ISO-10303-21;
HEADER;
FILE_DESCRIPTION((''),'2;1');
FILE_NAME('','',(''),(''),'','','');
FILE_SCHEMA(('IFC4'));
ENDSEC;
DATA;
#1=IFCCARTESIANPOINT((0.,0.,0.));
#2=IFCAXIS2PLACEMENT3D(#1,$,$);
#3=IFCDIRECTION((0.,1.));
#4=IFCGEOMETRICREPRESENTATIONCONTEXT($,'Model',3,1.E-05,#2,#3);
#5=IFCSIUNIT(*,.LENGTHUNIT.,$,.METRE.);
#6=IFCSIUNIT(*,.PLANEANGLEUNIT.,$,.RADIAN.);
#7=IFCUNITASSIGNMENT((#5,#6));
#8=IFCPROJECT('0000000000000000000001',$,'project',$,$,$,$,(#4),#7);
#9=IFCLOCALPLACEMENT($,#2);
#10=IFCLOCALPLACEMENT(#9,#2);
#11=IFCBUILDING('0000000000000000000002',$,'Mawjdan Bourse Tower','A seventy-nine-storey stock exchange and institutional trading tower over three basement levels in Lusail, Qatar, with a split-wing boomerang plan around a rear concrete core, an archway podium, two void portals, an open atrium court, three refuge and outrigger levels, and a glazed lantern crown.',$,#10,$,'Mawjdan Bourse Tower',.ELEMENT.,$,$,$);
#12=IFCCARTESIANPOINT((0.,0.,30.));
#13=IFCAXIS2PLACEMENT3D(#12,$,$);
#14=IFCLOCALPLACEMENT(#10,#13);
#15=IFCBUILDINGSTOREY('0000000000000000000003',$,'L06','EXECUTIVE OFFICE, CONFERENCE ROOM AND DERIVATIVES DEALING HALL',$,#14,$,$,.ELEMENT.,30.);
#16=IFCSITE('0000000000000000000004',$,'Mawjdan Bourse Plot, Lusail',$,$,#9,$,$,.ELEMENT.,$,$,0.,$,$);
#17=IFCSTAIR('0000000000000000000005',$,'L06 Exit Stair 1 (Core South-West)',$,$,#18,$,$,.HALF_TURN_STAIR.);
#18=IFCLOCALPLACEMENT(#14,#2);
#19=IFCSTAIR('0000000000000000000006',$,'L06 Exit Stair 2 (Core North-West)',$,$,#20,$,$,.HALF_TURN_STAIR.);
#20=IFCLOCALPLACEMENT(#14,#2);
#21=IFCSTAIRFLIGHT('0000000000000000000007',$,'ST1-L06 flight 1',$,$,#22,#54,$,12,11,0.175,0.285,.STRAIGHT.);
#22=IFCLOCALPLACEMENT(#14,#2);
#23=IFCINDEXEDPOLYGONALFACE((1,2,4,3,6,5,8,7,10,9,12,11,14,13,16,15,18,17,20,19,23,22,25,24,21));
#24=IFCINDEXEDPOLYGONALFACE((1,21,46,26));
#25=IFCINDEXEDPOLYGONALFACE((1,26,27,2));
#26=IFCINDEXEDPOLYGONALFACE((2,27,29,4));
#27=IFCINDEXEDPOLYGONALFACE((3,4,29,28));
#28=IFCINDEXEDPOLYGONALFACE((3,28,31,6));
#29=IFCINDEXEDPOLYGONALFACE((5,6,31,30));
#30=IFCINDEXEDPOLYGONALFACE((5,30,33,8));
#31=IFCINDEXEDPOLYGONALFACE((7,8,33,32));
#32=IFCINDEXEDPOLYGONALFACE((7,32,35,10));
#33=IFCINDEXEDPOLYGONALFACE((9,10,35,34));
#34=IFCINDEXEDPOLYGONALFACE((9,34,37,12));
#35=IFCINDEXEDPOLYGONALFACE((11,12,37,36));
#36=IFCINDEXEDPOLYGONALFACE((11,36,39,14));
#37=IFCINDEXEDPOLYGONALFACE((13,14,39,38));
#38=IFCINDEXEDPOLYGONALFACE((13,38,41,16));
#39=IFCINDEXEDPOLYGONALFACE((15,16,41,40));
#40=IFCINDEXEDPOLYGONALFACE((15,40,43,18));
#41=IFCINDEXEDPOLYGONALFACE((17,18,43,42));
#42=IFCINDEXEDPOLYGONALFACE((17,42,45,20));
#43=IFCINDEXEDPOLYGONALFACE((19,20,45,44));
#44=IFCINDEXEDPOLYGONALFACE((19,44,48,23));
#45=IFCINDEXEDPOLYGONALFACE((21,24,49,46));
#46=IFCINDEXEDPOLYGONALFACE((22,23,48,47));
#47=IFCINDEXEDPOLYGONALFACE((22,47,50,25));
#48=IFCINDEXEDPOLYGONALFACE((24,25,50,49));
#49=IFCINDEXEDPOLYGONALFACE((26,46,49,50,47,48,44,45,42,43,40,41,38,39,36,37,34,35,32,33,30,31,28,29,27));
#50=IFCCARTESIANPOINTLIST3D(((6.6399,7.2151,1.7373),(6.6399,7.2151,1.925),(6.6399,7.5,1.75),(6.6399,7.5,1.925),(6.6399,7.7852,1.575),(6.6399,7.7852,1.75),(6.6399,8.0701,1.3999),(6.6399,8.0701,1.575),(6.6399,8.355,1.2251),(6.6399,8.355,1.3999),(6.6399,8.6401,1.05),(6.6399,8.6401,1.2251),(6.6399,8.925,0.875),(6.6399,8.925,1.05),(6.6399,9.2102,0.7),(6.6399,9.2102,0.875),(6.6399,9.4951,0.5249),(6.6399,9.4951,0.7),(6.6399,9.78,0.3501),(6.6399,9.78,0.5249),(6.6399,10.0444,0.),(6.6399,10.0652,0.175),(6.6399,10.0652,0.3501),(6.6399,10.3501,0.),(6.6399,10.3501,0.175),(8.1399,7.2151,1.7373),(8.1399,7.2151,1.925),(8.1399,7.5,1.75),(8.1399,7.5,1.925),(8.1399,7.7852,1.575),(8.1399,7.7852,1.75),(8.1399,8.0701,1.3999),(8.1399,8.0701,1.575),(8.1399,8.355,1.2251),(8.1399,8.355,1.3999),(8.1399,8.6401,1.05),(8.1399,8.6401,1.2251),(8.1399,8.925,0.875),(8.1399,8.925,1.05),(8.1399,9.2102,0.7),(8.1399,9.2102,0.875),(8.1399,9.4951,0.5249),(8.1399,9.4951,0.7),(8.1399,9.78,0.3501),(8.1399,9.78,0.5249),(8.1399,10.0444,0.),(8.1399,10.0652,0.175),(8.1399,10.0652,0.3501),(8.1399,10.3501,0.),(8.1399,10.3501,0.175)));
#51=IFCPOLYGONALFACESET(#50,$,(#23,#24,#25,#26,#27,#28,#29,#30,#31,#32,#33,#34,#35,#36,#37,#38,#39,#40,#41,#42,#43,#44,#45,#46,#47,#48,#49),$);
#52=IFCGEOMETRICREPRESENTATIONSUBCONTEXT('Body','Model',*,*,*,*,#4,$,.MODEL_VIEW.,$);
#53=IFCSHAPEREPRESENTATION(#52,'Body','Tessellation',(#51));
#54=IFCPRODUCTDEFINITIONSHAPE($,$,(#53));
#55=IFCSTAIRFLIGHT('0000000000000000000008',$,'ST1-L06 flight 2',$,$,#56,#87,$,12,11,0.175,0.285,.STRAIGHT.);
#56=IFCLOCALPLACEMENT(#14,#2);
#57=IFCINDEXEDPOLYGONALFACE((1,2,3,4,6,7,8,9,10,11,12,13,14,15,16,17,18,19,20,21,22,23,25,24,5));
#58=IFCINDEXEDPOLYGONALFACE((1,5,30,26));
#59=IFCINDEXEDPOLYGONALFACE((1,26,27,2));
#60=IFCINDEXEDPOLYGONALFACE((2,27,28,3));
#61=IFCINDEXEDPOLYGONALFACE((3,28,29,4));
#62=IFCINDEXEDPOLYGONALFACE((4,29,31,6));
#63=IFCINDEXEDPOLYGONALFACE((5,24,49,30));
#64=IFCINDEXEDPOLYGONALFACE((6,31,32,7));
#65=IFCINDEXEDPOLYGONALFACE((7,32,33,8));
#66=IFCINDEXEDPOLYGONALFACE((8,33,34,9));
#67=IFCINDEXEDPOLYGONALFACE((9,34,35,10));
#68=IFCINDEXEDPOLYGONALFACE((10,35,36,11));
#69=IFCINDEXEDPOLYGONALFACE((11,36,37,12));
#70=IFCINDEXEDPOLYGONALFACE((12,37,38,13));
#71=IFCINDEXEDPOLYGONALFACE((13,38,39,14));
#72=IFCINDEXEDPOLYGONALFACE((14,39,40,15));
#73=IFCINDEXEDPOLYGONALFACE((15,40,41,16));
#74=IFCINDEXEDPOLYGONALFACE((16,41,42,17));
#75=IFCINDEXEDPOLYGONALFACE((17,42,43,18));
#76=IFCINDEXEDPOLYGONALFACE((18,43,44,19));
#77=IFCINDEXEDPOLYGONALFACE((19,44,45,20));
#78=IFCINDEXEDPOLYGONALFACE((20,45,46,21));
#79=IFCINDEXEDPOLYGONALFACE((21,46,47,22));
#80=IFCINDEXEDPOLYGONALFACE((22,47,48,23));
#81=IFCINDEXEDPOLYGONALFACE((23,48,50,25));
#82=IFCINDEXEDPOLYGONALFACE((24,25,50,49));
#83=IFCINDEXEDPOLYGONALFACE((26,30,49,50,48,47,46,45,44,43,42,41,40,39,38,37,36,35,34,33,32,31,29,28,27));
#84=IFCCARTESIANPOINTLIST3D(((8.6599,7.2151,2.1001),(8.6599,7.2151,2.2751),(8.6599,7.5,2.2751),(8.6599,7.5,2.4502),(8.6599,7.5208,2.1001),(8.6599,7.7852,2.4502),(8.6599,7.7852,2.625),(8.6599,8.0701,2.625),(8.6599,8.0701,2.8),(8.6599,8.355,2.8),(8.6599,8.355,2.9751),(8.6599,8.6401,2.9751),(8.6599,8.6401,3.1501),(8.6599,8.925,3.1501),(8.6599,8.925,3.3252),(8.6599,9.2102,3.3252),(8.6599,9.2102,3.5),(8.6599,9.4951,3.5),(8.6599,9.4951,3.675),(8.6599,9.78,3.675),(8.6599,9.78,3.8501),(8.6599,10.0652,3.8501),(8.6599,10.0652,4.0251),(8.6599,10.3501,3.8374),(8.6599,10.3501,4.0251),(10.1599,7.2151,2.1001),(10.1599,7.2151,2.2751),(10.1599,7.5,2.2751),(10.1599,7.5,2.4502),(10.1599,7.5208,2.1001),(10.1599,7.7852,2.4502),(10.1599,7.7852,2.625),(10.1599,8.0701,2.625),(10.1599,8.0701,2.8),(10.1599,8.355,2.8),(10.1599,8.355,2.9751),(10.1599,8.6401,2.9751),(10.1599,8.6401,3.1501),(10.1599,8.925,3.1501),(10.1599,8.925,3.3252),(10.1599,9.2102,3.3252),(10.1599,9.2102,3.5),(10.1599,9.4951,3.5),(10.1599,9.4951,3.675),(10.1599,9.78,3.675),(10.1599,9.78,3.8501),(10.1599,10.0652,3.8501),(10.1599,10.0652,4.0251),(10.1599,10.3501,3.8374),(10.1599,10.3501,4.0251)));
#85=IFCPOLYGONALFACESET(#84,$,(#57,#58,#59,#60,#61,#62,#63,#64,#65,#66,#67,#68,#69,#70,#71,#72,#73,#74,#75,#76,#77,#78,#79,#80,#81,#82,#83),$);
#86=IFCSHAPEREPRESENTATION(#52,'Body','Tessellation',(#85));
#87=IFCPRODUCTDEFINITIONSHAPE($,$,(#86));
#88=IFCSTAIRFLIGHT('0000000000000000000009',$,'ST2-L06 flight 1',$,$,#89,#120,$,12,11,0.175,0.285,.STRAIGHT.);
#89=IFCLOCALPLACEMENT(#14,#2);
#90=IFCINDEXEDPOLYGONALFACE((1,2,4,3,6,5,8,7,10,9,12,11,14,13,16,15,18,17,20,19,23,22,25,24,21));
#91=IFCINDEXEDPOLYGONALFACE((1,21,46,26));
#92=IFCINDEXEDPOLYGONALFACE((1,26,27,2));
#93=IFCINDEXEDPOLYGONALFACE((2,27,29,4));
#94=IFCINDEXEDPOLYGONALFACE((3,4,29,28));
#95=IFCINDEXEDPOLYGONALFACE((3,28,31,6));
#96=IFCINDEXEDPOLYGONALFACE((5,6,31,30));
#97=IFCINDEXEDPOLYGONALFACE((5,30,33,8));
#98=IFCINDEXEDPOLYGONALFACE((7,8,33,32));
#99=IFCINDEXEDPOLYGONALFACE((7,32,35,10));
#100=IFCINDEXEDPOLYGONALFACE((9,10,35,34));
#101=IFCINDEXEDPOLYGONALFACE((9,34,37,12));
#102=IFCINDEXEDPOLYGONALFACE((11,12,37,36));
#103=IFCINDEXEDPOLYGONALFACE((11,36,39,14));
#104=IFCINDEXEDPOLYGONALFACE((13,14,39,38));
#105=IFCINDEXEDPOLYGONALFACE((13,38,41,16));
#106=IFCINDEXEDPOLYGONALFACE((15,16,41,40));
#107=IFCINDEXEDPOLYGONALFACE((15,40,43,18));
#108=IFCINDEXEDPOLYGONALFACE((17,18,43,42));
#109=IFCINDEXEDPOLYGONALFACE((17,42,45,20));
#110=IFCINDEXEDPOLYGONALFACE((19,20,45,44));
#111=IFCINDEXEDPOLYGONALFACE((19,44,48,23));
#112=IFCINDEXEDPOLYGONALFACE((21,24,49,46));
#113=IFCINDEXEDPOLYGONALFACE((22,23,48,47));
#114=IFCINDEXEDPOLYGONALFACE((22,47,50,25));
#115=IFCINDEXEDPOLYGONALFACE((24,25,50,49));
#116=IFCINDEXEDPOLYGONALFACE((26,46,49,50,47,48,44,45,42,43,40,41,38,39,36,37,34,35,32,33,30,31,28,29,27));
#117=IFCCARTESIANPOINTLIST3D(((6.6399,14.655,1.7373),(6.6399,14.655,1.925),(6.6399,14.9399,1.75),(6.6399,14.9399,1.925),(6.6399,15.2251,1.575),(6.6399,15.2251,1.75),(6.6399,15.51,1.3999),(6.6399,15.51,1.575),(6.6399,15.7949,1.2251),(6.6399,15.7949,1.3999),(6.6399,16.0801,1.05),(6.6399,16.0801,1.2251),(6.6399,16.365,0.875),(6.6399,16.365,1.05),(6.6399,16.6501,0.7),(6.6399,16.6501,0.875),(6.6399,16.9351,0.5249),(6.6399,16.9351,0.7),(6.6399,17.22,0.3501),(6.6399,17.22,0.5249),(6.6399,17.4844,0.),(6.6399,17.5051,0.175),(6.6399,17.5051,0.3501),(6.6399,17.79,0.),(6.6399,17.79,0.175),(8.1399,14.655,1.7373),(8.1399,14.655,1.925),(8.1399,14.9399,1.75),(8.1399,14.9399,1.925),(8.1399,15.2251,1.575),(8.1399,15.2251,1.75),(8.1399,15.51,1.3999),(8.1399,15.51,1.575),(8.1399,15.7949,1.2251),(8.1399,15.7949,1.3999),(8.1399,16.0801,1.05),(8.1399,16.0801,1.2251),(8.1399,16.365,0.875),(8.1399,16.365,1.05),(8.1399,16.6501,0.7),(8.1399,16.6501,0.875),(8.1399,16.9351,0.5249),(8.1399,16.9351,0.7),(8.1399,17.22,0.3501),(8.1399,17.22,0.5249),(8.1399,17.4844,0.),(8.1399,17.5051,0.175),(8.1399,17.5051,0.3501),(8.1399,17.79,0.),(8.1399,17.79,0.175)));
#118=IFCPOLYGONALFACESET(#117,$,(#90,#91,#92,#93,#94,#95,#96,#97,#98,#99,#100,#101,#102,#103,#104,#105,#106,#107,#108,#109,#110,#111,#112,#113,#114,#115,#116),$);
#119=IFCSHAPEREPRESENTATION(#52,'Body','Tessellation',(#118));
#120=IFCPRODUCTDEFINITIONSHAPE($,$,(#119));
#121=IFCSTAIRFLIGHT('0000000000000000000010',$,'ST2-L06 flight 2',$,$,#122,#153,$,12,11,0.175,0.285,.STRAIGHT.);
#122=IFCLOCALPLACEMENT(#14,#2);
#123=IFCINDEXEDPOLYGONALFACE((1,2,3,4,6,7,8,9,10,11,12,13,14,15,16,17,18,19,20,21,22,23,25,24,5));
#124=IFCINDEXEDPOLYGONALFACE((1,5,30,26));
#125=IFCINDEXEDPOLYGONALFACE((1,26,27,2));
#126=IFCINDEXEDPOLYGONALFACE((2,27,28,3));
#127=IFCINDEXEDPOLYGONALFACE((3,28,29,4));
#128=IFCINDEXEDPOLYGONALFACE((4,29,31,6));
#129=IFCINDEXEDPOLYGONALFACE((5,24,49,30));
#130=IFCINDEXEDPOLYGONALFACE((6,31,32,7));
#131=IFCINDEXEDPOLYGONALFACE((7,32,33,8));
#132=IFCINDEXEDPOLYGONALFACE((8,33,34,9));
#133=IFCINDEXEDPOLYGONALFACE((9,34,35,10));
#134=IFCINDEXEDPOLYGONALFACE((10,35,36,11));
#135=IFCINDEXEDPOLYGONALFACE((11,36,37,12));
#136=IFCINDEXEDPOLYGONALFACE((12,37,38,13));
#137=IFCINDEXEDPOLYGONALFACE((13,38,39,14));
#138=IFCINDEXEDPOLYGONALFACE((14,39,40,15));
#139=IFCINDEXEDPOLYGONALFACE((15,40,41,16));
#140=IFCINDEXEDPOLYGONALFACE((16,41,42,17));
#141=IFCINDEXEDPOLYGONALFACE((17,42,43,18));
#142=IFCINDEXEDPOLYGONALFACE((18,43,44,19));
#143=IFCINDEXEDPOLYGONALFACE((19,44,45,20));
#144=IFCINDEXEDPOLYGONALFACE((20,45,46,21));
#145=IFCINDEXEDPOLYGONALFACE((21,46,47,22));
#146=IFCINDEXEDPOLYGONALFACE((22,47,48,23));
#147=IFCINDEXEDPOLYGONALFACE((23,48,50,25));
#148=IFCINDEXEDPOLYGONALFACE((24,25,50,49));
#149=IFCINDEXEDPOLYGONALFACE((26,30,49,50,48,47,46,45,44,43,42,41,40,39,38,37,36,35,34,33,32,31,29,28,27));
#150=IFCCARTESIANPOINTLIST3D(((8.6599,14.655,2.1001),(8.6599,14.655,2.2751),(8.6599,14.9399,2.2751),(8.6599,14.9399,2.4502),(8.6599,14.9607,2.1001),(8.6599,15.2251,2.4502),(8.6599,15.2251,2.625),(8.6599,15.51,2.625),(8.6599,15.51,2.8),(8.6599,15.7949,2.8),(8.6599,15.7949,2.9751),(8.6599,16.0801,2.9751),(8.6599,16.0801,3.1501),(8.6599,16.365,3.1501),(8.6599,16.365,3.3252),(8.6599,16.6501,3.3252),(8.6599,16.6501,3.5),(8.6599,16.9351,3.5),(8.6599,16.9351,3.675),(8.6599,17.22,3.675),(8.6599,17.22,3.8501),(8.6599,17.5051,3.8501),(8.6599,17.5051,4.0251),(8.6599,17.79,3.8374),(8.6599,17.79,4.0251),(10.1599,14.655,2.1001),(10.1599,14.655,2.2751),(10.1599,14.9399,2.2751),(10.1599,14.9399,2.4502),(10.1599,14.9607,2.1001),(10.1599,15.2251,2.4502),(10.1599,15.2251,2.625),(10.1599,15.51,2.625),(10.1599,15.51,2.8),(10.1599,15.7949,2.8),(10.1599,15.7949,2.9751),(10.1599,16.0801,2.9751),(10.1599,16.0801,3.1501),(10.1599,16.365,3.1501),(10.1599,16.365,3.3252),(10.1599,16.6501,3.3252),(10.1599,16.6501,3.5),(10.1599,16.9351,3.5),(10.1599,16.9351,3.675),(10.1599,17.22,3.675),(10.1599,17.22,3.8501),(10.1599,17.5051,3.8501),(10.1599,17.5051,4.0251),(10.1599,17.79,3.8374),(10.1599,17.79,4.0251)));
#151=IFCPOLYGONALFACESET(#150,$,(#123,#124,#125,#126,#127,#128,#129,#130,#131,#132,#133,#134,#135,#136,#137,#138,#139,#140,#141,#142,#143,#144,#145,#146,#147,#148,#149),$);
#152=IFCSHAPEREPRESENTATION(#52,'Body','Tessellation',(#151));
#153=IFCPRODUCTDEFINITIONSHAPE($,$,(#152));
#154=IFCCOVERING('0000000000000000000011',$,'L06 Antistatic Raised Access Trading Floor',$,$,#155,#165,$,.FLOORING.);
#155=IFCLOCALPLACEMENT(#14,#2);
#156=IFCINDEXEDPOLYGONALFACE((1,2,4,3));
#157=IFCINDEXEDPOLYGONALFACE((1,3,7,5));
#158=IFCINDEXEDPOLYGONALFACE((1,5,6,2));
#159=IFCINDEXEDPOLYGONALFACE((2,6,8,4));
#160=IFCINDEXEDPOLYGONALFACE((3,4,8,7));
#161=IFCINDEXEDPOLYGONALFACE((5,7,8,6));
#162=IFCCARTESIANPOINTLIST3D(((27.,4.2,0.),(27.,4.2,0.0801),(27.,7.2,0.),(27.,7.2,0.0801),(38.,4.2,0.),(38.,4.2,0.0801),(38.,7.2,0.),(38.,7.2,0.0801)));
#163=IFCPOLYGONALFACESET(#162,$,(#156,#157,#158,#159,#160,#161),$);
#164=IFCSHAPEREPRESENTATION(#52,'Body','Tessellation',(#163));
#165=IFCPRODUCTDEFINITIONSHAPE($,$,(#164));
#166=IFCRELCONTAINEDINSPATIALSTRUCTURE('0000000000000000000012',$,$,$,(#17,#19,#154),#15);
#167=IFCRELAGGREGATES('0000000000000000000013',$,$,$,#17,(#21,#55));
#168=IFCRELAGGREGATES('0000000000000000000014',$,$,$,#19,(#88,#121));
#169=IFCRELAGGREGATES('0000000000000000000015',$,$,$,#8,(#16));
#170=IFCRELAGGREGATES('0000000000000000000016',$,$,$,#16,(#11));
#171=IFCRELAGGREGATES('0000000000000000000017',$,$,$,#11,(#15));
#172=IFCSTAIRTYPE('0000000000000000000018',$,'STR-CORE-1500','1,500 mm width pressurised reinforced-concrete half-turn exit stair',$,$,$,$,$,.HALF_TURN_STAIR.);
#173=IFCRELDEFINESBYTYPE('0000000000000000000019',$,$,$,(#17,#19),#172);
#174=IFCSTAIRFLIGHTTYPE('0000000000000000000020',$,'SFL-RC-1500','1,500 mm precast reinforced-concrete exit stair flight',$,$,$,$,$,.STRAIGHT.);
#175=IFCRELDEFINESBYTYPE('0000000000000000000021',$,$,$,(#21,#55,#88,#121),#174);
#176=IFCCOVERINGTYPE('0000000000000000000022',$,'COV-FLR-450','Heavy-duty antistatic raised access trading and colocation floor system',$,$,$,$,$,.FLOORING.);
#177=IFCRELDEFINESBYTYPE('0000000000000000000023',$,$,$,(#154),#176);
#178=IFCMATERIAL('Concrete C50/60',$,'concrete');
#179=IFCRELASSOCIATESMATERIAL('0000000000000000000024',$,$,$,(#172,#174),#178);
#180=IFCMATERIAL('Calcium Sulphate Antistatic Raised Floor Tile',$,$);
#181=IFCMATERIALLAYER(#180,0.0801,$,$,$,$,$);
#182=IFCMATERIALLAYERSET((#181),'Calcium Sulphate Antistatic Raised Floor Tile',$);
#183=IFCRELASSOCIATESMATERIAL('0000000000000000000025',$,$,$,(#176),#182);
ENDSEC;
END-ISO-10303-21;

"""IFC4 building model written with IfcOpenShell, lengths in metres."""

from ifc_helpers import new_model, si_unit, direction, frame, origin, place, context, subcontext, project, spatial, polyline, outline, extrude, material, layer, layer_set, type_object, element, aggregate, save


model = new_model("IFC4")

# Units and contexts
model_context = context("Model", 3, precision=1e-05, world=origin(), true_north=direction((0.0, 1.0)))
body_context = subcontext(model_context, "Body", "Model", "MODEL_VIEW")
ifc_project = project(units=[si_unit("LENGTHUNIT", "METRE"), si_unit("PLANEANGLEUNIT", "RADIAN")], contexts=[model_context])

# Site, building, storey
site_placement = place(None, origin())
site = spatial("IfcSite", under=ifc_project, at=site_placement, Name="Mawjdan Bourse Plot, Lusail", CompositionType="ELEMENT", RefElevation=0.0)
building_placement = place(site_placement, origin())
building = spatial("IfcBuilding", under=site, at=building_placement, Name="Mawjdan Bourse Tower", Description="A seventy-nine-storey stock exchange and institutional trading tower over three basement levels in Lusail, Qatar, with a split-wing boomerang plan around a rear concrete core, an archway podium, two void portals, an open atrium court, three refuge and outrigger levels, and a glazed lantern crown.", LongName="Mawjdan Bourse Tower", CompositionType="ELEMENT")
storey_placement = place(building_placement, frame((0.0, 0.0, 30.0)))
storey = spatial("IfcBuildingStorey", under=building, at=storey_placement, Name="L06", Description="EXECUTIVE OFFICE, CONFERENCE ROOM AND DERIVATIVES DEALING HALL", CompositionType="ELEMENT", Elevation=30.0)

# Stairs
ifc_material_1 = material(Name="Concrete C50/60", Category="concrete")
stair_type = type_object("IfcStairType", Name="STR-CORE-1500", Description="1,500 mm width pressurised reinforced-concrete half-turn exit stair", PredefinedType="HALF_TURN_STAIR", material=ifc_material_1)
stair_1_placement = place(storey_placement, origin())
stair_1 = element("IfcStair", 1, at=stair_1_placement, inside=storey, type_object=stair_type, Name="L06 Exit Stair 1 (Core South-West)", PredefinedType="HALF_TURN_STAIR")
stair_2_placement = place(storey_placement, origin())
stair_2 = element("IfcStair", 2, at=stair_2_placement, inside=storey, type_object=stair_type, Name="L06 Exit Stair 2 (Core North-West)", PredefinedType="HALF_TURN_STAIR")

# Stair flights
stair_flight_type = type_object("IfcStairFlightType", Name="SFL-RC-1500", Description="1,500 mm precast reinforced-concrete exit stair flight", PredefinedType="STRAIGHT", material=ifc_material_1)
stair_flight_1_placement = place(storey_placement, frame((7.3899, 10.3501, 0.0), z_axis=(0.0, 0.0, 1.0), x_axis=(0.0, -1.0, 0.0)))
stair_flight_1 = element("IfcStairFlight", 3, at=stair_flight_1_placement, type_object=stair_flight_type, Name="ST1-L06 flight 1", NumberOfRisers=12, NumberOfTreads=11, PredefinedType="STRAIGHT", RiserHeight=0.175, TreadLength=0.285, context=body_context, shape_type="SweptSolid", body=[
    extrude(outline(polyline([(0.0, 0.0), (0.0, 0.175), (0.2849, 0.175), (0.2849, 0.3501), (0.5701, 0.3501), (0.5701, 0.5249), (0.855, 0.5249), (0.855, 0.7), (1.1399, 0.7), (1.1399, 0.875), (1.425, 0.875), (1.425, 1.05), (1.71, 1.05), (1.71, 1.2251), (1.9951, 1.2251), (1.9951, 1.3999), (2.28, 1.3999), (2.28, 1.575), (2.5649, 1.575), (2.5649, 1.75), (2.8501, 1.75), (2.8501, 1.925), (3.135, 1.925), (3.135, 2.1001), (3.135, 1.7373), (0.3057, 0.0), (0.0, 0.0)])), frame((0.0, 0.75, 0.0), z_axis=(0.0, -1.0, 0.0), x_axis=(1.0, 0.0, 0.0)), (0.0, 0.0, 1.0), 1.5),
])
stair_flight_2_placement = place(storey_placement, frame((9.4099, 7.2151, 2.1001), z_axis=(0.0, 0.0, 1.0), x_axis=(0.0, 1.0, 0.0)))
stair_flight_2 = element("IfcStairFlight", 4, at=stair_flight_2_placement, type_object=stair_flight_type, Name="ST1-L06 flight 2", NumberOfRisers=12, NumberOfTreads=11, PredefinedType="STRAIGHT", RiserHeight=0.175, TreadLength=0.285, context=body_context, shape_type="SweptSolid", body=[
    extrude(outline(polyline([(0.0, 0.0), (0.0, 0.175), (0.2849, 0.175), (0.2849, 0.3501), (0.5701, 0.3501), (0.5701, 0.5249), (0.855, 0.5249), (0.855, 0.7), (1.1399, 0.7), (1.1399, 0.875), (1.425, 0.875), (1.425, 1.05), (1.71, 1.05), (1.71, 1.2251), (1.9951, 1.2251), (1.9951, 1.3999), (2.28, 1.3999), (2.28, 1.575), (2.5649, 1.575), (2.5649, 1.75), (2.8501, 1.75), (2.8501, 1.925), (3.135, 1.925), (3.135, 2.1001), (3.135, 1.7373), (0.3057, 0.0), (0.0, 0.0)])), frame((0.0, 0.75, 0.0), z_axis=(0.0, -1.0, 0.0), x_axis=(1.0, 0.0, 0.0)), (0.0, 0.0, 1.0), 1.5),
])
aggregate(stair_1, [stair_flight_1, stair_flight_2])
stair_flight_3_placement = place(storey_placement, frame((7.3899, 17.79, 0.0), z_axis=(0.0, 0.0, 1.0), x_axis=(0.0, -1.0, 0.0)))
stair_flight_3 = element("IfcStairFlight", 5, at=stair_flight_3_placement, type_object=stair_flight_type, Name="ST2-L06 flight 1", NumberOfRisers=12, NumberOfTreads=11, PredefinedType="STRAIGHT", RiserHeight=0.175, TreadLength=0.285, context=body_context, shape_type="SweptSolid", body=[
    extrude(outline(polyline([(0.0, 0.0), (0.0, 0.175), (0.2849, 0.175), (0.2849, 0.3501), (0.5701, 0.3501), (0.5701, 0.5249), (0.855, 0.5249), (0.855, 0.7), (1.1399, 0.7), (1.1399, 0.875), (1.425, 0.875), (1.425, 1.05), (1.71, 1.05), (1.71, 1.2251), (1.9951, 1.2251), (1.9951, 1.3999), (2.28, 1.3999), (2.28, 1.575), (2.5649, 1.575), (2.5649, 1.75), (2.8501, 1.75), (2.8501, 1.925), (3.135, 1.925), (3.135, 2.1001), (3.135, 1.7373), (0.3057, 0.0), (0.0, 0.0)])), frame((0.0, 0.75, 0.0), z_axis=(0.0, -1.0, 0.0), x_axis=(1.0, 0.0, 0.0)), (0.0, 0.0, 1.0), 1.5),
])
stair_flight_4_placement = place(storey_placement, frame((9.4099, 14.655, 2.1001), z_axis=(0.0, 0.0, 1.0), x_axis=(0.0, 1.0, 0.0)))
stair_flight_4 = element("IfcStairFlight", 6, at=stair_flight_4_placement, type_object=stair_flight_type, Name="ST2-L06 flight 2", NumberOfRisers=12, NumberOfTreads=11, PredefinedType="STRAIGHT", RiserHeight=0.175, TreadLength=0.285, context=body_context, shape_type="SweptSolid", body=[
    extrude(outline(polyline([(0.0, 0.0), (0.0, 0.175), (0.2849, 0.175), (0.2849, 0.3501), (0.5701, 0.3501), (0.5701, 0.5249), (0.855, 0.5249), (0.855, 0.7), (1.1399, 0.7), (1.1399, 0.875), (1.425, 0.875), (1.425, 1.05), (1.71, 1.05), (1.71, 1.2251), (1.9951, 1.2251), (1.9951, 1.3999), (2.28, 1.3999), (2.28, 1.575), (2.5649, 1.575), (2.5649, 1.75), (2.8501, 1.75), (2.8501, 1.925), (3.135, 1.925), (3.135, 2.1001), (3.135, 1.7373), (0.3057, 0.0), (0.0, 0.0)])), frame((0.0, 0.75, 0.0), z_axis=(0.0, -1.0, 0.0), x_axis=(1.0, 0.0, 0.0)), (0.0, 0.0, 1.0), 1.5),
])
aggregate(stair_2, [stair_flight_3, stair_flight_4])

# Covering
ifc_material_2 = material(Name="Calcium Sulphate Antistatic Raised Floor Tile")
ifc_layer_1 = layer(ifc_material_2, 0.0801)
ifc_layer_set_1 = layer_set([ifc_layer_1], Name="Calcium Sulphate Antistatic Raised Floor Tile")
covering_type = type_object("IfcCoveringType", Name="COV-FLR-450", Description="Heavy-duty antistatic raised access trading and colocation floor system", PredefinedType="FLOORING", material=ifc_layer_set_1)
covering_placement = place(storey_placement, origin())
element("IfcCovering", 7, at=covering_placement, inside=storey, type_object=covering_type, Name="L06 Antistatic Raised Access Trading Floor", PredefinedType="FLOORING", context=body_context, shape_type="SweptSolid", body=[
    extrude(outline(polyline([(27.0, 4.2), (38.0, 4.2), (38.0, 7.2), (27.0, 7.2), (27.0, 4.2)])), origin(), (0.0, 0.0, 1.0), 0.0801),
])

save(model, "model.ifc")
